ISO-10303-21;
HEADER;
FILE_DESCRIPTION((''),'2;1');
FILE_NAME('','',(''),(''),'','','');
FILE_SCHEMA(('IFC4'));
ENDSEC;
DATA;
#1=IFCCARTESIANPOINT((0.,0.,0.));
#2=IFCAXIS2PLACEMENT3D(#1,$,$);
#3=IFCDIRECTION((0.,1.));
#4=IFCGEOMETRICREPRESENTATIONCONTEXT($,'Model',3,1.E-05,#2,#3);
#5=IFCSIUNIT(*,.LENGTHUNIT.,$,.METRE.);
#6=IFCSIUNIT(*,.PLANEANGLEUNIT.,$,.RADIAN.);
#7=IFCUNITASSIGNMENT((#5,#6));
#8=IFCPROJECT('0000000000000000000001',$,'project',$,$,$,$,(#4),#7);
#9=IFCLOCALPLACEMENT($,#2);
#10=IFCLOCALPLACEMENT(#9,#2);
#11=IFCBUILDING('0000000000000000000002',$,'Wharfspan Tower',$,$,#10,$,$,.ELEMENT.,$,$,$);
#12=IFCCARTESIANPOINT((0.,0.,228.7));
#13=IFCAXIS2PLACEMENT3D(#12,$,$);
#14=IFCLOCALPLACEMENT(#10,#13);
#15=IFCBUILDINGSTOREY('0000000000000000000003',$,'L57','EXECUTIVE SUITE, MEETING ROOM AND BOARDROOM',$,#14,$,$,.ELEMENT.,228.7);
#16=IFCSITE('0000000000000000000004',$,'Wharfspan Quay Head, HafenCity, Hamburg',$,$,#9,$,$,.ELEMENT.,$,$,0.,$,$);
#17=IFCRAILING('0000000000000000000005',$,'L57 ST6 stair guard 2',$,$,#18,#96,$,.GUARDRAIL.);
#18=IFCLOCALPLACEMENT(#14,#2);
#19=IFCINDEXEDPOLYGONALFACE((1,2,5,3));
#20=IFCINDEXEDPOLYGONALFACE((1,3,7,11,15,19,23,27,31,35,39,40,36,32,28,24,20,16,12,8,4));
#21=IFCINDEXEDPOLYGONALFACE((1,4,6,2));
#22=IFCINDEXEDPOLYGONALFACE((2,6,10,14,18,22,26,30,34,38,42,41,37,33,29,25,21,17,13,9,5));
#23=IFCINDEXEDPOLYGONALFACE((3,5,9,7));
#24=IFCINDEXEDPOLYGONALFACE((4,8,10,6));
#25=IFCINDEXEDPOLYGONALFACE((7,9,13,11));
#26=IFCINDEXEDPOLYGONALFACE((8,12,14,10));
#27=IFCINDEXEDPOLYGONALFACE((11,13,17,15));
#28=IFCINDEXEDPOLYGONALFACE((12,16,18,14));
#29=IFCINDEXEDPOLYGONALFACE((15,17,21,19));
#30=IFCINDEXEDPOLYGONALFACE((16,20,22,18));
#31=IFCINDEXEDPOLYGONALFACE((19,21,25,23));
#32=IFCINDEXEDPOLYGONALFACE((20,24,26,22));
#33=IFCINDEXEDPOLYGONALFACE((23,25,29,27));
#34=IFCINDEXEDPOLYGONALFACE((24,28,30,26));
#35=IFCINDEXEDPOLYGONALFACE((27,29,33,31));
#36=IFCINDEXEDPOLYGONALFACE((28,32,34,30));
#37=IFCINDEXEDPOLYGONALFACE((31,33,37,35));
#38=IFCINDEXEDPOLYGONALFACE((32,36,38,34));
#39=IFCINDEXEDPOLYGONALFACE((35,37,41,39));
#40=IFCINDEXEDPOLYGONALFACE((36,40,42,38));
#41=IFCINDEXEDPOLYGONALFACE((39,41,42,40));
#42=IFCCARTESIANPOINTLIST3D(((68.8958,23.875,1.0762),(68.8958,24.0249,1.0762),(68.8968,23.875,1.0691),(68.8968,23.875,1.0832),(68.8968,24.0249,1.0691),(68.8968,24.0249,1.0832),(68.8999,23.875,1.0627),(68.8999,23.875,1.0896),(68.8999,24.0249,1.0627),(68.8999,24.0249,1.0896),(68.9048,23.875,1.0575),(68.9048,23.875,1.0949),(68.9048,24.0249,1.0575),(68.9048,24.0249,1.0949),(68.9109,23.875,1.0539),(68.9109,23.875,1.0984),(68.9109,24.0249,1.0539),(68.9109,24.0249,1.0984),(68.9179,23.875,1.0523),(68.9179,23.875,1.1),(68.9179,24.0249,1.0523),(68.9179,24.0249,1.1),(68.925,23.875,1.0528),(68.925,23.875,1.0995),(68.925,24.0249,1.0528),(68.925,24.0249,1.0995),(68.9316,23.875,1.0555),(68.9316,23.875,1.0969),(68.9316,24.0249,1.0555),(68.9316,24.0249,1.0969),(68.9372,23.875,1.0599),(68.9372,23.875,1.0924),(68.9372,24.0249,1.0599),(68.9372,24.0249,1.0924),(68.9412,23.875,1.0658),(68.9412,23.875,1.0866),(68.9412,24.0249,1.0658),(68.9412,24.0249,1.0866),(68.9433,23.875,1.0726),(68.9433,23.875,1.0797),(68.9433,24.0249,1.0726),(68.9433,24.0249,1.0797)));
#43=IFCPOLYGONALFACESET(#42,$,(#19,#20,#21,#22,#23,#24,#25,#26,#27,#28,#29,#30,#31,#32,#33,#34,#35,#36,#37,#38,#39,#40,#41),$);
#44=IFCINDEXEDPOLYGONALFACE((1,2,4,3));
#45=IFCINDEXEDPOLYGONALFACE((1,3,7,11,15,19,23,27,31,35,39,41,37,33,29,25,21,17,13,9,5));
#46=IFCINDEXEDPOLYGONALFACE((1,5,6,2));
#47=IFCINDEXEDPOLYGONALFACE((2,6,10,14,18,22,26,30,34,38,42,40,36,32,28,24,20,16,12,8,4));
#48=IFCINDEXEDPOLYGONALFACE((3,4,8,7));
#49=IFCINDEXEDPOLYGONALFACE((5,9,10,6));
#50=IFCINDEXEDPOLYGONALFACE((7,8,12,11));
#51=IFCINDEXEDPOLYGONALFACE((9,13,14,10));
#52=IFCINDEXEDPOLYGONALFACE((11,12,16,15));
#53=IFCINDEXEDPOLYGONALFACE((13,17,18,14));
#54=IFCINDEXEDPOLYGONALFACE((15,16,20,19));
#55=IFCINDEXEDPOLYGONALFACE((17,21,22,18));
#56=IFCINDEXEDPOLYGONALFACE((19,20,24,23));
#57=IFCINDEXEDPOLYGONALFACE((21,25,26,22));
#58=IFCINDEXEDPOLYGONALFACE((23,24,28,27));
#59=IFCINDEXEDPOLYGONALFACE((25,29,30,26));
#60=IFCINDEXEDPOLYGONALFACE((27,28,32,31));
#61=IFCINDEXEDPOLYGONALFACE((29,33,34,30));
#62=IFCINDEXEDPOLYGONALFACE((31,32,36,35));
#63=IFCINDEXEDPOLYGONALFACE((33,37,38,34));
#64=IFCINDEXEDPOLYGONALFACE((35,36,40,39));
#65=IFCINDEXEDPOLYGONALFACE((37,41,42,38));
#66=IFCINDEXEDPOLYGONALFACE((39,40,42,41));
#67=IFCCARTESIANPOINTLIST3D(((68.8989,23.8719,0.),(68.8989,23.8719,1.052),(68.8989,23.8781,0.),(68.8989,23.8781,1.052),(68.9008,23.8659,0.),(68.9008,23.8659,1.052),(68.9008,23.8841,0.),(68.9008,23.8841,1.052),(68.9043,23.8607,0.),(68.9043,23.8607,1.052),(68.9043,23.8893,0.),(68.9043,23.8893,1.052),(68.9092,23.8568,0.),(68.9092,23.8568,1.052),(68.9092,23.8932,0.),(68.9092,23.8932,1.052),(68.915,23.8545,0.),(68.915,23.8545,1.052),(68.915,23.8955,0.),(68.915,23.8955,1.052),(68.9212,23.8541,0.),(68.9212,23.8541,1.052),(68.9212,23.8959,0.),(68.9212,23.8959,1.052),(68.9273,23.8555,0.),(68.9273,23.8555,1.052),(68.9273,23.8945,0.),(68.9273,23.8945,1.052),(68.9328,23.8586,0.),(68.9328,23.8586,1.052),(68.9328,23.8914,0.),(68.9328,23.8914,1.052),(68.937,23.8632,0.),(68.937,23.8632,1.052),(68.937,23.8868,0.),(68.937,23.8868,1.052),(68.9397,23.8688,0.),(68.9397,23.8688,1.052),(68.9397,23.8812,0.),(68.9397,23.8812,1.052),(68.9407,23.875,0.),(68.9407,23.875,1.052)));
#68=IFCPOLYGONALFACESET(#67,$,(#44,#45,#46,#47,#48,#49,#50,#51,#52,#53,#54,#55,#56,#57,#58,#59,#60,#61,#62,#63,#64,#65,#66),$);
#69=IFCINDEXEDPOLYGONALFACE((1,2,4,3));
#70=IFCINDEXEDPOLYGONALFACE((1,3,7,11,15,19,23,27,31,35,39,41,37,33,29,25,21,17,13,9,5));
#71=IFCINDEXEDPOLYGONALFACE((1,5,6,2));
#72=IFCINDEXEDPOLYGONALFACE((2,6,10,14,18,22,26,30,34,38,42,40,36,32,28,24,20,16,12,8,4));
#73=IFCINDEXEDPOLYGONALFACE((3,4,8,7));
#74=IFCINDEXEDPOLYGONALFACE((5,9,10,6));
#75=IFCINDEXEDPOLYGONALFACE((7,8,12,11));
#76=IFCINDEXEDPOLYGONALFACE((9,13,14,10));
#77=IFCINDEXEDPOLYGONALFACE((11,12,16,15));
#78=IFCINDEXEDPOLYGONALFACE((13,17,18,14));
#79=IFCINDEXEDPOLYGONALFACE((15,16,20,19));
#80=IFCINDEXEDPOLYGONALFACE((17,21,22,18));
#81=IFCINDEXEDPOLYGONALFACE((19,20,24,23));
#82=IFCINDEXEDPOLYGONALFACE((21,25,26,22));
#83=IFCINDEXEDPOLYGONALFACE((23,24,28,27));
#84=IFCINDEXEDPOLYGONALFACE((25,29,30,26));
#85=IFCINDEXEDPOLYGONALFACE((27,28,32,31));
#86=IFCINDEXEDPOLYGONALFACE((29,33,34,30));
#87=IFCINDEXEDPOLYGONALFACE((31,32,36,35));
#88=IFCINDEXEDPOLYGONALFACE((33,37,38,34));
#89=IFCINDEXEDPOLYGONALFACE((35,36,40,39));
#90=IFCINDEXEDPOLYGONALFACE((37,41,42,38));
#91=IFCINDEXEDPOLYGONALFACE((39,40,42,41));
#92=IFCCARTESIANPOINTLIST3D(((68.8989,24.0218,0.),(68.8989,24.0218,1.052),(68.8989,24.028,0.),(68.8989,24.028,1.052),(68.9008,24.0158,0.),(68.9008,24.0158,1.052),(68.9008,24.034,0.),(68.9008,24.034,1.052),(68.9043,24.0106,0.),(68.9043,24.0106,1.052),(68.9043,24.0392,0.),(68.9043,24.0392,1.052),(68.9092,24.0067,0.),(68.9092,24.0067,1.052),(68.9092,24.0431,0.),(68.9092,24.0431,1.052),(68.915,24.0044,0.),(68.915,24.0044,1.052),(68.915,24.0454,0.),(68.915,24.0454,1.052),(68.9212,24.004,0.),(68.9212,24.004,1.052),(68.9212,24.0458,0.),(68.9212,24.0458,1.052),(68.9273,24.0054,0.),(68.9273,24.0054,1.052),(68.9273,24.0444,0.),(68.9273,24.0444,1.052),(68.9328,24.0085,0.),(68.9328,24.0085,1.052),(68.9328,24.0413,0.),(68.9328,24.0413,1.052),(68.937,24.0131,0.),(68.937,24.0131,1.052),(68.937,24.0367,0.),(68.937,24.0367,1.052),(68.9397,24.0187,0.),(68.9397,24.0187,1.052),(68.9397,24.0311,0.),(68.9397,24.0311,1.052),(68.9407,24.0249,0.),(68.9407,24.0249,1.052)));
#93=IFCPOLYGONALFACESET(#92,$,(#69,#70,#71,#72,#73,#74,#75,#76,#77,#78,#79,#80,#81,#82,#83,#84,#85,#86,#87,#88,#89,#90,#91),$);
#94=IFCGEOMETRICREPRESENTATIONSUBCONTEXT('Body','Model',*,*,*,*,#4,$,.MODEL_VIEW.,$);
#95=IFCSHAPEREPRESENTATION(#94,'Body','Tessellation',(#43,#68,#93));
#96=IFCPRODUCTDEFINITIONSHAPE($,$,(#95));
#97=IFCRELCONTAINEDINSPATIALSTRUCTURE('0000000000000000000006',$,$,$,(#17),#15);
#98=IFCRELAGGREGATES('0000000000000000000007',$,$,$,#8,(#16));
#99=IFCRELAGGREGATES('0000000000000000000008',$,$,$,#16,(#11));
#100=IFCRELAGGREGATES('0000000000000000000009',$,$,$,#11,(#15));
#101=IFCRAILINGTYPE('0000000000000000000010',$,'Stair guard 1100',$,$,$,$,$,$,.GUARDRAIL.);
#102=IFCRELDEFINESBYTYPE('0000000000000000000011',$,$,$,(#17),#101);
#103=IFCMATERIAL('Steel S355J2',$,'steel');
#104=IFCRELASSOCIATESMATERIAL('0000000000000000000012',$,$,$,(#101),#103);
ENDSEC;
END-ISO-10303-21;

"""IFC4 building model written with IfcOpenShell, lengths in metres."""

from ifc_helpers import new_model, si_unit, direction, frame, origin, origin_2d, place, context, subcontext, project, spatial, circle, extrude, material, type_object, element, save


model = new_model("IFC4")

# Units and contexts
model_context = context("Model", 3, precision=1e-05, world=origin(), true_north=direction((0.0, 1.0)))
body_context = subcontext(model_context, "Body", "Model", "MODEL_VIEW")
ifc_project = project(units=[si_unit("LENGTHUNIT", "METRE"), si_unit("PLANEANGLEUNIT", "RADIAN")], contexts=[model_context])

# Site, building, storey
site_placement = place(None, origin())
site = spatial("IfcSite", under=ifc_project, at=site_placement, Name="Wharfspan Quay Head, HafenCity, Hamburg", CompositionType="ELEMENT", RefElevation=0.0)
building_placement = place(site_placement, origin())
building = spatial("IfcBuilding", under=site, at=building_placement, Name="Wharfspan Tower", CompositionType="ELEMENT")
storey_placement = place(building_placement, frame((0.0, 0.0, 228.7)))
storey = spatial("IfcBuildingStorey", under=building, at=storey_placement, Name="L57", Description="EXECUTIVE SUITE, MEETING ROOM AND BOARDROOM", CompositionType="ELEMENT", Elevation=228.7)

# Railing
ifc_material_1 = material(Name="Steel S355J2", Category="steel")
railing_type_1 = type_object("IfcRailingType", Name="Stair guard 1100", PredefinedType="GUARDRAIL", material=ifc_material_1)
railing_1_placement = place(storey_placement, frame((68.9197, 23.875, 0.0)))
element("IfcRailing", 1, at=railing_1_placement, inside=storey, type_object=railing_type_1, Name="L57 ST6 stair guard 2", PredefinedType="GUARDRAIL", context=body_context, shape_type="SweptSolid", body=[
    extrude(circle(Radius=0.0239, at=origin_2d()), frame((0.0, 0.0, 1.0762), z_axis=(0.0, 1.0, 0.0), x_axis=(-1.0, 0.0, 0.0)), (0.0, 0.0, 1.0), 0.1499),
    extrude(circle(Radius=0.021, at=origin_2d()), origin(), (0.0, 0.0, 1.0), 1.052),
    extrude(circle(Radius=0.021, at=origin_2d()), frame((0.0, 0.1499, 0.0)), (0.0, 0.0, 1.0), 1.052),
])

save(model, "model.ifc")
